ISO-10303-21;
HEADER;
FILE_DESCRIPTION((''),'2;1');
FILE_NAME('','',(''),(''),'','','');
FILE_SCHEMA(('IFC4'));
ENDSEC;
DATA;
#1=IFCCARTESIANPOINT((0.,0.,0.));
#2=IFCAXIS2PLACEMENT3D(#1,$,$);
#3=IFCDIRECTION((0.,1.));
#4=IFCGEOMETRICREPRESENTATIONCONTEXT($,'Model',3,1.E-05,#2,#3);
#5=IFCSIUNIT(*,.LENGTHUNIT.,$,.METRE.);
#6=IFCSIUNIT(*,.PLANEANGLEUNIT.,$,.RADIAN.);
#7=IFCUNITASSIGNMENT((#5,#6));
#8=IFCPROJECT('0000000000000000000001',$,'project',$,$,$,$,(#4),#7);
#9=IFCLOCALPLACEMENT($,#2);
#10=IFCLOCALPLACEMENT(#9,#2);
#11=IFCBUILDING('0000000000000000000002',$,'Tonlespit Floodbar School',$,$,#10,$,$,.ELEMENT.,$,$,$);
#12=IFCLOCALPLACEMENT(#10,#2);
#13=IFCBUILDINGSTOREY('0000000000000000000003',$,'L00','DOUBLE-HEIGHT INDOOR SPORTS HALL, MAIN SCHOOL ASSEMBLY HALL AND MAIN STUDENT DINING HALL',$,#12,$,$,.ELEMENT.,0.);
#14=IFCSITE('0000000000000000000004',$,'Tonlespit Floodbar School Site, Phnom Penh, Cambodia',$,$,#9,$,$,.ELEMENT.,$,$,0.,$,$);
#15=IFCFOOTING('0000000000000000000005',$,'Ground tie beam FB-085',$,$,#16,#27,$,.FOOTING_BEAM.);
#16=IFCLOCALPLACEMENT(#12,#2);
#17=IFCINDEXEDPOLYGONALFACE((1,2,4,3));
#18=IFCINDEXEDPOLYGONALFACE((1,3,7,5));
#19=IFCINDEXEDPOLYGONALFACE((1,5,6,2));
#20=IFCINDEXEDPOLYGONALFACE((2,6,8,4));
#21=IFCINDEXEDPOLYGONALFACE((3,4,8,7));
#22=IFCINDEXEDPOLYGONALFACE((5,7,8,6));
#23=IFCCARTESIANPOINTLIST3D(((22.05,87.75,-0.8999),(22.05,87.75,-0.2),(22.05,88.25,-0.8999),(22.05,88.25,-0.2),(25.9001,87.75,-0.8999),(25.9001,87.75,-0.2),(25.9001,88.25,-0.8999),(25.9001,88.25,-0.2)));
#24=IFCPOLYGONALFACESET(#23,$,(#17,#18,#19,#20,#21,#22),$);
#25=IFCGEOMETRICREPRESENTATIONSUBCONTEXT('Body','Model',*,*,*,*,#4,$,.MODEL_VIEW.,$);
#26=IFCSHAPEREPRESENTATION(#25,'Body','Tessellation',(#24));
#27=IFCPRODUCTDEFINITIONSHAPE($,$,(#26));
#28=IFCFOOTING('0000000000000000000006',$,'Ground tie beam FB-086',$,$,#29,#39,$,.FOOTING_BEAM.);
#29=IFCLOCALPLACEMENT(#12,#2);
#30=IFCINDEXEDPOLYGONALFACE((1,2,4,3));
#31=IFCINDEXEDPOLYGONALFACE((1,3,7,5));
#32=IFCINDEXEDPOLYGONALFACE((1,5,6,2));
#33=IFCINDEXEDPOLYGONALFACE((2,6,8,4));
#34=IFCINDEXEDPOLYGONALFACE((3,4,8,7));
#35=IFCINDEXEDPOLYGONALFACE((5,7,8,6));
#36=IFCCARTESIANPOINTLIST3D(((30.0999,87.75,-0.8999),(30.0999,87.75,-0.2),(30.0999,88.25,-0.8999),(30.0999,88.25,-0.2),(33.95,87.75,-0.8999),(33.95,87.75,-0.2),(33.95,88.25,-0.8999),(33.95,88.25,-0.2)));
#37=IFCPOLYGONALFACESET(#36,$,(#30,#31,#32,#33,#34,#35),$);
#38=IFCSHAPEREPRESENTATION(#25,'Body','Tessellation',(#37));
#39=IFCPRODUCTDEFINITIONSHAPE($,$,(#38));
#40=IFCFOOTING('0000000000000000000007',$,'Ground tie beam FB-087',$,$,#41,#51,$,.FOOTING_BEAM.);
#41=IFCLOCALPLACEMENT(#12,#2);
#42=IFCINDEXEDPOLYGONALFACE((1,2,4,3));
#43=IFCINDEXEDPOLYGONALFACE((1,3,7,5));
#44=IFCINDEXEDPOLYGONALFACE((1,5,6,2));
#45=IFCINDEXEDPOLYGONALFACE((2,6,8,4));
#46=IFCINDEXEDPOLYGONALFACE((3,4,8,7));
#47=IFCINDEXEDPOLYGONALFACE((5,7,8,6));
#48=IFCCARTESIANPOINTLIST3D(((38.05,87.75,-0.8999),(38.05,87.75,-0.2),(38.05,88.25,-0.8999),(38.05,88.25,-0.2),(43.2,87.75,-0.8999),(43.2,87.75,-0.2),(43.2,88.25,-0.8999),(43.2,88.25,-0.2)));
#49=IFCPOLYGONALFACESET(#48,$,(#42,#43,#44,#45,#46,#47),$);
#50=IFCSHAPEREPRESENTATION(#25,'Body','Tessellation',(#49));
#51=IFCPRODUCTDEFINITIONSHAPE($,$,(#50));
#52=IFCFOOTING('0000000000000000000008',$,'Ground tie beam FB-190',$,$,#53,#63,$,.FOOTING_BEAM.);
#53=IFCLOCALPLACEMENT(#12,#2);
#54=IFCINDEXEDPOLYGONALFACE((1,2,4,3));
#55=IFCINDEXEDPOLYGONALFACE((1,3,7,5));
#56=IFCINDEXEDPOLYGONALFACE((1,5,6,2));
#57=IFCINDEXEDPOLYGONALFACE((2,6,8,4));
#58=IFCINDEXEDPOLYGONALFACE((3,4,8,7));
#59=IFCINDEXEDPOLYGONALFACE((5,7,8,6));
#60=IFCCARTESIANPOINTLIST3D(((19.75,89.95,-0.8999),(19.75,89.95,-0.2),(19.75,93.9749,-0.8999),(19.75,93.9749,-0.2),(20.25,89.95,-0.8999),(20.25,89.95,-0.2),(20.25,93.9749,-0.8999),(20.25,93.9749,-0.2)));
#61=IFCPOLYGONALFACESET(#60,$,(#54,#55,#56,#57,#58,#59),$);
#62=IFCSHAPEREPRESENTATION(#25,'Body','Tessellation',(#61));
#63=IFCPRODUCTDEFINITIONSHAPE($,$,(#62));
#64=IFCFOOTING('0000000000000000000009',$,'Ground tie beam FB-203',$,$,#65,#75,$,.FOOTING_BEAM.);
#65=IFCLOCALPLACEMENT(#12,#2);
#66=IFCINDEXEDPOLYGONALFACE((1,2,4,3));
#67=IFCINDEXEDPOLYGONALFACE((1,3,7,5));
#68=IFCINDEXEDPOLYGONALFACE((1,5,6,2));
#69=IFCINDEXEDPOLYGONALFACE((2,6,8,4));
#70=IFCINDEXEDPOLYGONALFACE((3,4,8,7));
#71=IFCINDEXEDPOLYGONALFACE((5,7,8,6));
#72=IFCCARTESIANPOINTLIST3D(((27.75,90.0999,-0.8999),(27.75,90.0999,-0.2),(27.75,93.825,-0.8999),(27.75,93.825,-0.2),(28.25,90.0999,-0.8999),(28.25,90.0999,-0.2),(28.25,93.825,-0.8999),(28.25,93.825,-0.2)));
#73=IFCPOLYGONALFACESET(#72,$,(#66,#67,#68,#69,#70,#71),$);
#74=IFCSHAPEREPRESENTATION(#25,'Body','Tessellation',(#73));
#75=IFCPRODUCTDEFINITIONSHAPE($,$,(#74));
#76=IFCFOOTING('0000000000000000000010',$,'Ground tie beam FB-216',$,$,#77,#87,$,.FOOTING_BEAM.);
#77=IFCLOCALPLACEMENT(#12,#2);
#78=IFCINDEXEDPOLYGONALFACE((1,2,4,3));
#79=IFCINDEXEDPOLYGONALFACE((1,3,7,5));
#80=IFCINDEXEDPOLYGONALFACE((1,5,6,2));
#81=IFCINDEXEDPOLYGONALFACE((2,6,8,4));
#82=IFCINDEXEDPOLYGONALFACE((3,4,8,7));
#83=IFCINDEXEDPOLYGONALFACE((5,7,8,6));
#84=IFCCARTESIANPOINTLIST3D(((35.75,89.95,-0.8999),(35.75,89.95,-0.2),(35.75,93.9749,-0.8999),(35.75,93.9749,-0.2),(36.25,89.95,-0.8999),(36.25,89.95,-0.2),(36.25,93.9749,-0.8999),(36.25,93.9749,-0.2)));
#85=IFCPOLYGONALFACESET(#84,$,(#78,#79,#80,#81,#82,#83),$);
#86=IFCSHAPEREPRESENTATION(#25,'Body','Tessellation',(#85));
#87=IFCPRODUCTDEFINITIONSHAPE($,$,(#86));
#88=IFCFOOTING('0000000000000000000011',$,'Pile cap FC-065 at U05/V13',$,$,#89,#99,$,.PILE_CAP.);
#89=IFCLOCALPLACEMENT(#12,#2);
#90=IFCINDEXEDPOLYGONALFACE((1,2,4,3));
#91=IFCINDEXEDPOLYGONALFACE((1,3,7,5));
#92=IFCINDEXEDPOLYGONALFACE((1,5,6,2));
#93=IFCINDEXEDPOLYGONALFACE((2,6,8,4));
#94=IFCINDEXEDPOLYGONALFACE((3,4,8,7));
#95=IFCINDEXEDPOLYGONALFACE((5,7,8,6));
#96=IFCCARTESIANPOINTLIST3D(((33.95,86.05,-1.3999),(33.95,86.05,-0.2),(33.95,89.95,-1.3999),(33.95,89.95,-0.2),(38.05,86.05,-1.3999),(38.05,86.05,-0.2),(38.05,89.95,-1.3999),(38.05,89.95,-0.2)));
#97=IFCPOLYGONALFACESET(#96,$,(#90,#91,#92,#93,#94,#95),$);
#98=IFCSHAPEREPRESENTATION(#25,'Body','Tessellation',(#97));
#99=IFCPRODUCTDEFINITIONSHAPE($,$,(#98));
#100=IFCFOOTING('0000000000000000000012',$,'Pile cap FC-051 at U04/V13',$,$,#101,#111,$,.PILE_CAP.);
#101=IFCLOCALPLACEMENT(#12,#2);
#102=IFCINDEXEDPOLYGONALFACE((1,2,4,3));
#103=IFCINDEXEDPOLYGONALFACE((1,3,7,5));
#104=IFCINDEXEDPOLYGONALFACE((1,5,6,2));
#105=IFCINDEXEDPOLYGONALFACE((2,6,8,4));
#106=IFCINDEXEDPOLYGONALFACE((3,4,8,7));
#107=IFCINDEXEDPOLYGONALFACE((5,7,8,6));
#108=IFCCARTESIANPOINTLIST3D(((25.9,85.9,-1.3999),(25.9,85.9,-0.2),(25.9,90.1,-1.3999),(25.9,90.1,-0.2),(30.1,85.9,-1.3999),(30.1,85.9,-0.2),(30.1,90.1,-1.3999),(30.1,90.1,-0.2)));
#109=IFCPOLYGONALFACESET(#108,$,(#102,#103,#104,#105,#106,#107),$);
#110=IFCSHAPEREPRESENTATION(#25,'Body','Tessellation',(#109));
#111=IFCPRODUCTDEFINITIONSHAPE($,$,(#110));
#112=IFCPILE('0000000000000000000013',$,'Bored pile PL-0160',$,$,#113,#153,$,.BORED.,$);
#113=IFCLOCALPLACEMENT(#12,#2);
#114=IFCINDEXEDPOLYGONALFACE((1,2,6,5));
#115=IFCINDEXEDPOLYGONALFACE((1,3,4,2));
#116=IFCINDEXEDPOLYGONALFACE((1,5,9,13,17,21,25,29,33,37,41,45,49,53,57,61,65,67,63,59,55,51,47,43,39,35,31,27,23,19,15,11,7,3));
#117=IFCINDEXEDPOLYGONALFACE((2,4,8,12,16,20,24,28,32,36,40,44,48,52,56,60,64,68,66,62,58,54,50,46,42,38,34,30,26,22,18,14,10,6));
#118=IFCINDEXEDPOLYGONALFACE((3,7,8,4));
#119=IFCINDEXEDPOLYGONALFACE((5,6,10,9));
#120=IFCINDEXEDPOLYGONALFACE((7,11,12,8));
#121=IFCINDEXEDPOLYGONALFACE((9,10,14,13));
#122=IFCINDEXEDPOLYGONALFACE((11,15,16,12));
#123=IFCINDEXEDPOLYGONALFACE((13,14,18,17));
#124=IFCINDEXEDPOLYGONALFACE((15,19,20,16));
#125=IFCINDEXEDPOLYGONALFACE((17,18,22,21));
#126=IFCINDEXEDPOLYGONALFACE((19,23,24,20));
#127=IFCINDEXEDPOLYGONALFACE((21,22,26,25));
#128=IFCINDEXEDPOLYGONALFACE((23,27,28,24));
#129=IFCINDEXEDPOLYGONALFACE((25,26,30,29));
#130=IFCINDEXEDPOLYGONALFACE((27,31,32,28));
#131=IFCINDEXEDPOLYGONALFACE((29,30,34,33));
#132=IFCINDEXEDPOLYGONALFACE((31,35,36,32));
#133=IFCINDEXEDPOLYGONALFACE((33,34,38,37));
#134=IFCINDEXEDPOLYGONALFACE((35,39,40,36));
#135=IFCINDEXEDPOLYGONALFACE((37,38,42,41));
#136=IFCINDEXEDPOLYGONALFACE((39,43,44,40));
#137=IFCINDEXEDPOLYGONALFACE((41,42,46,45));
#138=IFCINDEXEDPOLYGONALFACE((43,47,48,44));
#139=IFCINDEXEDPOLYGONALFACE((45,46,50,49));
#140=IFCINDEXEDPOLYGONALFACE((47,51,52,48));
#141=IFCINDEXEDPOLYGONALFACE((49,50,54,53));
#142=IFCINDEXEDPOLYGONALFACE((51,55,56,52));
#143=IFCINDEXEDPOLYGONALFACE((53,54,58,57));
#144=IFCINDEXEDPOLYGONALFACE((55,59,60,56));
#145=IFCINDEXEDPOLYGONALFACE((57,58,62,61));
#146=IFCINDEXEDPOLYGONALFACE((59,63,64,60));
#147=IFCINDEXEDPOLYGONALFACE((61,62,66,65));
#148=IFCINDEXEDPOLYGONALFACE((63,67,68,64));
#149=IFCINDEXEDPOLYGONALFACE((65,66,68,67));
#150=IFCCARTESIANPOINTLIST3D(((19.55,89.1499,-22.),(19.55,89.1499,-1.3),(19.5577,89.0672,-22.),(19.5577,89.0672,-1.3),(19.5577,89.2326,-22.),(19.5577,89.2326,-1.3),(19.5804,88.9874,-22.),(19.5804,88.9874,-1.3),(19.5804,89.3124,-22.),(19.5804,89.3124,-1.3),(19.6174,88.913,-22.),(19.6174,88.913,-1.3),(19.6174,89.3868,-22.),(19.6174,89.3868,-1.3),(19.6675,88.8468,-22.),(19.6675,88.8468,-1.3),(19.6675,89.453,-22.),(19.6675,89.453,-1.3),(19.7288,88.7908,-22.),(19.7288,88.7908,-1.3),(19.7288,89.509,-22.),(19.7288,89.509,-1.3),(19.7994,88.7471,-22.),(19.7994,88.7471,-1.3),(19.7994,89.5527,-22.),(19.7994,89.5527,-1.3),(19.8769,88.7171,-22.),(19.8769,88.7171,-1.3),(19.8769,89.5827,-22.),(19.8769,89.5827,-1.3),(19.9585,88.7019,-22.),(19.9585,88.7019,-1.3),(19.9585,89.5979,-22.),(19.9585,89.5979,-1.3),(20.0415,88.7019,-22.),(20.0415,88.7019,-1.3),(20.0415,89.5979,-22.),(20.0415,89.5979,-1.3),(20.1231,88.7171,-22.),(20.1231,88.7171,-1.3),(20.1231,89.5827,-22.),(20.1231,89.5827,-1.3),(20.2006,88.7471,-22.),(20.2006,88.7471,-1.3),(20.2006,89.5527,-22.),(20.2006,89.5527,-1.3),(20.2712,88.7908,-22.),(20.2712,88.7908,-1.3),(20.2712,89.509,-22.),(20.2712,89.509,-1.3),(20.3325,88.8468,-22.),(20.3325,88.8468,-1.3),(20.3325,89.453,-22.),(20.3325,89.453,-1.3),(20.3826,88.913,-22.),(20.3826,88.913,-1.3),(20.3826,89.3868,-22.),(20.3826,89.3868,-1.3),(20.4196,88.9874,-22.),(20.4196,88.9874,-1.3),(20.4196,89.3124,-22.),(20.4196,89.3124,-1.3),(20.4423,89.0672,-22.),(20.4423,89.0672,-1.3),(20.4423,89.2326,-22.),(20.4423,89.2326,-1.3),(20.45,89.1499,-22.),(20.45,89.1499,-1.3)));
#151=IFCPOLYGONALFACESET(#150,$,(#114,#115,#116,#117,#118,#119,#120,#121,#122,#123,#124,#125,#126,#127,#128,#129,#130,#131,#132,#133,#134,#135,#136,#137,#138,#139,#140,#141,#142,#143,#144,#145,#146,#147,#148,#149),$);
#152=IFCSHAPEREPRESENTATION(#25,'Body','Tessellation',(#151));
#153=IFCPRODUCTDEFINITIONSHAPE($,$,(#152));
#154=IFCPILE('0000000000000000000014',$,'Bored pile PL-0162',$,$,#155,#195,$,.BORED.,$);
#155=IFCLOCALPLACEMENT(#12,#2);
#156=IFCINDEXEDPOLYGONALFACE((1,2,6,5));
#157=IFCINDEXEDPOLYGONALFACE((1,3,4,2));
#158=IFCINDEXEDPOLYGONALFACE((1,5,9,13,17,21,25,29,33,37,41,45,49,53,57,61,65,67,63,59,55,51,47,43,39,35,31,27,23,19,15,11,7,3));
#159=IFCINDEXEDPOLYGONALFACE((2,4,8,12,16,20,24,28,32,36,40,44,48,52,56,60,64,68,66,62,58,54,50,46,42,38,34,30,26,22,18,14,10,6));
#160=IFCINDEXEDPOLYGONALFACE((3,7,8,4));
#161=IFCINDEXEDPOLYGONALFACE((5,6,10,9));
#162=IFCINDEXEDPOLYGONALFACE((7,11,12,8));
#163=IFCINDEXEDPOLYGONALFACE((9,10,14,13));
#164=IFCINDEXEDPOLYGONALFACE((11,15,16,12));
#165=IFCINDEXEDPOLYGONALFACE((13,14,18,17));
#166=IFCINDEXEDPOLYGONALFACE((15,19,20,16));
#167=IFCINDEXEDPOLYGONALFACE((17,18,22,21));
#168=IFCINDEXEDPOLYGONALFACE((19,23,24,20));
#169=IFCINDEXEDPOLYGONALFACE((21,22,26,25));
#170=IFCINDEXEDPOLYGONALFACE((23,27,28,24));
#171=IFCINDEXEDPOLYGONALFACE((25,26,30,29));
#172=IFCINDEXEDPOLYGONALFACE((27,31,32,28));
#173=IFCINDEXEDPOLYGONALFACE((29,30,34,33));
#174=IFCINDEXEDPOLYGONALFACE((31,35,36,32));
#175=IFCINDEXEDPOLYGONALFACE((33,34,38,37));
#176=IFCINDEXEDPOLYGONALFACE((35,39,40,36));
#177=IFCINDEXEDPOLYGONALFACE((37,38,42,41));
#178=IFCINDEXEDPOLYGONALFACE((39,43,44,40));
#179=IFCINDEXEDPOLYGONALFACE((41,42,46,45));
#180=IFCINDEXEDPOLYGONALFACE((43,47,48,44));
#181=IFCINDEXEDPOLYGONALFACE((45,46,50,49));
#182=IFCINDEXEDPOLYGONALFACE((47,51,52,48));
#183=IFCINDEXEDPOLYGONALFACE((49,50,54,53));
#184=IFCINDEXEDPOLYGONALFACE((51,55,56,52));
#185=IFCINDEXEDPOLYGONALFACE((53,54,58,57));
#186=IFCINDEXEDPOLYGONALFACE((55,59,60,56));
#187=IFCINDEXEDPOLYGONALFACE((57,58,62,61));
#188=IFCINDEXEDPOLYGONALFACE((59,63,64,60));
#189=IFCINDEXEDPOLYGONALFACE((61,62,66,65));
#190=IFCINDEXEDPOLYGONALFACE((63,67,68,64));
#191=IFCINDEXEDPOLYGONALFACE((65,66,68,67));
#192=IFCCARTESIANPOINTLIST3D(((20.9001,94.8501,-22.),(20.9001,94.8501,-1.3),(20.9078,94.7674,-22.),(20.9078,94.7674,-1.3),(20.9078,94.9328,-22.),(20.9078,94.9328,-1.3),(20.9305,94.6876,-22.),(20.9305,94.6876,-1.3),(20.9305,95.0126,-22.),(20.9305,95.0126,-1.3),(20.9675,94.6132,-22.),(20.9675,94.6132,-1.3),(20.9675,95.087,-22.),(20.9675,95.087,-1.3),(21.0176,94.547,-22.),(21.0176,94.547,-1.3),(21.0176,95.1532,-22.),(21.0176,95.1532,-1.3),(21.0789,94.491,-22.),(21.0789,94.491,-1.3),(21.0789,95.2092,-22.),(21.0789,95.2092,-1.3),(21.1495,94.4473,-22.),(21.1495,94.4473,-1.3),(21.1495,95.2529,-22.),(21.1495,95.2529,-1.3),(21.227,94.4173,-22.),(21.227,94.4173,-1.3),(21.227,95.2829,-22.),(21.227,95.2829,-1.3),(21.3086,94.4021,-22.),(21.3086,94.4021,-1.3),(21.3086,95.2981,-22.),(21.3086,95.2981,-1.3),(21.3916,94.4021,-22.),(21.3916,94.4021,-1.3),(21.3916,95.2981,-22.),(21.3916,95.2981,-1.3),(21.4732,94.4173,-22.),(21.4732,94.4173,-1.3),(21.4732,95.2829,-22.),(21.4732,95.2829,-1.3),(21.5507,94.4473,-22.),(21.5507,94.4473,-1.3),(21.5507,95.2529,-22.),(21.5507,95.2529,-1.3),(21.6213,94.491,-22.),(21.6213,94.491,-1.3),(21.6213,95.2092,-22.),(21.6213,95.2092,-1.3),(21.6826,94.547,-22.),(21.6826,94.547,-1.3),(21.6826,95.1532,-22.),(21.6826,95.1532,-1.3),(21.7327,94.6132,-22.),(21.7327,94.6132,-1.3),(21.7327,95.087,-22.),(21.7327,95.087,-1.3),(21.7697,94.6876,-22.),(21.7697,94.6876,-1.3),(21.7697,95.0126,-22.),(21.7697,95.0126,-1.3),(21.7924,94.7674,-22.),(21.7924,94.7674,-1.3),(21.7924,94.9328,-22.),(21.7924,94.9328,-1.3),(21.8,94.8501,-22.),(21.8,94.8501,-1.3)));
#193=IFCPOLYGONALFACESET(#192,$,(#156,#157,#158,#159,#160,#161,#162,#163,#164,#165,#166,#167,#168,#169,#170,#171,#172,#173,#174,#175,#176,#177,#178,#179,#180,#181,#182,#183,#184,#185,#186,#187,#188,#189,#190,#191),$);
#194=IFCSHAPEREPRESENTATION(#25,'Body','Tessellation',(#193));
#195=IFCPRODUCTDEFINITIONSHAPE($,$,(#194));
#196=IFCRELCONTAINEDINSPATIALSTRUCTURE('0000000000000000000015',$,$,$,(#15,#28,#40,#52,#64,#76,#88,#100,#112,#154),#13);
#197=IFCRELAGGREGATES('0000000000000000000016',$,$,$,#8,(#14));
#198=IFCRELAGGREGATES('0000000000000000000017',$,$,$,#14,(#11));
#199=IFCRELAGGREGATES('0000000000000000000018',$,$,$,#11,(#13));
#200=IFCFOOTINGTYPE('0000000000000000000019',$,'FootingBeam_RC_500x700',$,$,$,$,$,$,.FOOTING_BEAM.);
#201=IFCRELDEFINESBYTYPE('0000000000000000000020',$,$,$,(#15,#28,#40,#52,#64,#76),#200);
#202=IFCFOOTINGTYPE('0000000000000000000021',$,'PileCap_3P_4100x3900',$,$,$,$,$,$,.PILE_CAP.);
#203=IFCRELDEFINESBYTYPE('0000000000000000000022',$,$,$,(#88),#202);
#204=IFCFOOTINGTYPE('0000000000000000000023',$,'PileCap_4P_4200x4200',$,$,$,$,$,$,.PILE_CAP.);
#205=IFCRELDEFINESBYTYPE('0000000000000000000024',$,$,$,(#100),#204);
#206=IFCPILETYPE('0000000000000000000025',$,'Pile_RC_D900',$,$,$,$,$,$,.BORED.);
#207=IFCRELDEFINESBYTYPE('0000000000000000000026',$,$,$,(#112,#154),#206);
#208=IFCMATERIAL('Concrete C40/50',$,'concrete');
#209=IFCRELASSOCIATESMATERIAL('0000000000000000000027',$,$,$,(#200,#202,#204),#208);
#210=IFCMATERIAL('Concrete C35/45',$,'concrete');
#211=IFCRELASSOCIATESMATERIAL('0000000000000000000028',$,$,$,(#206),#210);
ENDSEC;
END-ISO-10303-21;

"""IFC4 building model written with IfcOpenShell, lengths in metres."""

from ifc_helpers import new_model, si_unit, direction, frame, origin, origin_2d, place, context, subcontext, project, spatial, rectangle, circle, extrude, material, material_profile, profile_set, type_object, element, save


model = new_model("IFC4")

# Units and contexts
model_context = context("Model", 3, precision=1e-05, world=origin(), true_north=direction((0.0, 1.0)))
body_context = subcontext(model_context, "Body", "Model", "MODEL_VIEW")
ifc_project = project(units=[si_unit("LENGTHUNIT", "METRE"), si_unit("PLANEANGLEUNIT", "RADIAN")], contexts=[model_context])

# Site, building, storey
site_placement = place(None, origin())
site = spatial("IfcSite", under=ifc_project, at=site_placement, Name="Tonlespit Floodbar School Site, Phnom Penh, Cambodia", CompositionType="ELEMENT", RefElevation=0.0)
building_placement = place(site_placement, origin())
building = spatial("IfcBuilding", under=site, at=building_placement, Name="Tonlespit Floodbar School", CompositionType="ELEMENT")
storey_placement = place(building_placement, origin())
storey = spatial("IfcBuildingStorey", under=building, at=storey_placement, Name="L00", Description="DOUBLE-HEIGHT INDOOR SPORTS HALL, MAIN SCHOOL ASSEMBLY HALL AND MAIN STUDENT DINING HALL", CompositionType="ELEMENT", Elevation=0.0)

# Footings
ifc_material_1 = material(Name="Concrete C40/50", Category="concrete")
footing_type_1 = type_object("IfcFootingType", Name="FootingBeam_RC_500x700", PredefinedType="FOOTING_BEAM", material=ifc_material_1)
for number, where, z_axis, x_axis, name in (
    (1, (23.9751, 88.0, -0.8999), (0.0, 0.0, 1.0), (1.0, 0.0, 0.0), "Ground tie beam FB-085"),
    (2, (32.0249, 88.0, -0.8999), (0.0, 0.0, 1.0), (1.0, 0.0, 0.0), "Ground tie beam FB-086"),
):
    element("IfcFooting", number, at=place(storey_placement, frame(where, z_axis=z_axis, x_axis=x_axis)), inside=storey, type_object=footing_type_1, Name=name, PredefinedType="FOOTING_BEAM", context=body_context, shape_type="SweptSolid", body=[
        extrude(rectangle(XDim=3.8501, YDim=0.5, at=origin_2d()), origin(), (0.0, 0.0, 1.0), 0.7),
    ])
footing_1_placement = place(storey_placement, frame((40.625, 88.0, -0.8999), z_axis=(0.0, 0.0, 1.0), x_axis=(1.0, 0.0, 0.0)))
element("IfcFooting", 3, at=footing_1_placement, inside=storey, type_object=footing_type_1, Name="Ground tie beam FB-087", PredefinedType="FOOTING_BEAM", context=body_context, shape_type="SweptSolid", body=[
    extrude(rectangle(XDim=5.1499, YDim=0.5, at=origin_2d()), origin(), (0.0, 0.0, 1.0), 0.7),
])
footing_2_placement = place(storey_placement, frame((20.0, 91.9624, -0.8999), z_axis=(0.0, 0.0, 1.0), x_axis=(0.0, 1.0, 0.0)))
element("IfcFooting", 4, at=footing_2_placement, inside=storey, type_object=footing_type_1, Name="Ground tie beam FB-190", PredefinedType="FOOTING_BEAM", context=body_context, shape_type="SweptSolid", body=[
    extrude(rectangle(XDim=4.0249, YDim=0.5, at=origin_2d()), origin(), (0.0, 0.0, 1.0), 0.7),
])
footing_3_placement = place(storey_placement, frame((28.0, 91.9624, -0.8999), z_axis=(0.0, 0.0, 1.0), x_axis=(0.0, 1.0, 0.0)))
element("IfcFooting", 5, at=footing_3_placement, inside=storey, type_object=footing_type_1, Name="Ground tie beam FB-203", PredefinedType="FOOTING_BEAM", context=body_context, shape_type="SweptSolid", body=[
    extrude(rectangle(XDim=3.7251, YDim=0.5, at=origin_2d()), origin(), (0.0, 0.0, 1.0), 0.7),
])
footing_4_placement = place(storey_placement, frame((36.0, 91.9624, -0.8999), z_axis=(0.0, 0.0, 1.0), x_axis=(0.0, 1.0, 0.0)))
element("IfcFooting", 6, at=footing_4_placement, inside=storey, type_object=footing_type_1, Name="Ground tie beam FB-216", PredefinedType="FOOTING_BEAM", context=body_context, shape_type="SweptSolid", body=[
    extrude(rectangle(XDim=4.0249, YDim=0.5, at=origin_2d()), origin(), (0.0, 0.0, 1.0), 0.7),
])
footing_type_2 = type_object("IfcFootingType", Name="PileCap_3P_4100x3900", PredefinedType="PILE_CAP", material=ifc_material_1)
footing_5_placement = place(storey_placement, frame((36.0, 88.0, -1.3999), z_axis=(0.0, 0.0, 1.0), x_axis=(1.0, 0.0, 0.0)))
element("IfcFooting", 7, at=footing_5_placement, inside=storey, type_object=footing_type_2, Name="Pile cap FC-065 at U05/V13", PredefinedType="PILE_CAP", context=body_context, shape_type="SweptSolid", body=[
    extrude(rectangle(XDim=4.1001, YDim=3.8999, at=origin_2d()), origin(), (0.0, 0.0, 1.0), 1.2),
])
footing_type_3 = type_object("IfcFootingType", Name="PileCap_4P_4200x4200", PredefinedType="PILE_CAP", material=ifc_material_1)
footing_6_placement = place(storey_placement, frame((28.0, 88.0, -1.3999), z_axis=(0.0, 0.0, 1.0), x_axis=(1.0, 0.0, 0.0)))
element("IfcFooting", 8, at=footing_6_placement, inside=storey, type_object=footing_type_3, Name="Pile cap FC-051 at U04/V13", PredefinedType="PILE_CAP", context=body_context, shape_type="SweptSolid", body=[
    extrude(rectangle(XDim=4.2, YDim=4.2, at=origin_2d()), origin(), (0.0, 0.0, 1.0), 1.2),
])

# Piles
ifc_material_2 = material(Name="Concrete C35/45", Category="concrete")
ifc_material_profile_1 = material_profile(ifc_material_2, circle(Radius=0.45, at=origin_2d()), Name="BP D900")
ifc_profile_set_1 = profile_set([ifc_material_profile_1], Name="Concrete C35/45")
pile_type = type_object("IfcPileType", Name="Pile_RC_D900", PredefinedType="BORED", material=ifc_profile_set_1)
for number, where, z_axis, x_axis, name in (
    (9, (20.0, 89.1499, -1.3), (0.0, 0.0, -1.0), (1.0, 0.0, 0.0), "Bored pile PL-0160"),
    (10, (21.3501, 94.8501, -1.3), (0.0, 0.0, -1.0), (1.0, 0.0, 0.0), "Bored pile PL-0162"),
):
    element("IfcPile", number, at=place(storey_placement, frame(where, z_axis=z_axis, x_axis=x_axis)), inside=storey, type_object=pile_type, Name=name, PredefinedType="BORED", context=body_context, shape_type="SweptSolid", body=[
        extrude(circle(Radius=0.45, at=origin_2d()), origin(), (0.0, 0.0, 1.0), 20.7),
    ])

save(model, "model.ifc")
